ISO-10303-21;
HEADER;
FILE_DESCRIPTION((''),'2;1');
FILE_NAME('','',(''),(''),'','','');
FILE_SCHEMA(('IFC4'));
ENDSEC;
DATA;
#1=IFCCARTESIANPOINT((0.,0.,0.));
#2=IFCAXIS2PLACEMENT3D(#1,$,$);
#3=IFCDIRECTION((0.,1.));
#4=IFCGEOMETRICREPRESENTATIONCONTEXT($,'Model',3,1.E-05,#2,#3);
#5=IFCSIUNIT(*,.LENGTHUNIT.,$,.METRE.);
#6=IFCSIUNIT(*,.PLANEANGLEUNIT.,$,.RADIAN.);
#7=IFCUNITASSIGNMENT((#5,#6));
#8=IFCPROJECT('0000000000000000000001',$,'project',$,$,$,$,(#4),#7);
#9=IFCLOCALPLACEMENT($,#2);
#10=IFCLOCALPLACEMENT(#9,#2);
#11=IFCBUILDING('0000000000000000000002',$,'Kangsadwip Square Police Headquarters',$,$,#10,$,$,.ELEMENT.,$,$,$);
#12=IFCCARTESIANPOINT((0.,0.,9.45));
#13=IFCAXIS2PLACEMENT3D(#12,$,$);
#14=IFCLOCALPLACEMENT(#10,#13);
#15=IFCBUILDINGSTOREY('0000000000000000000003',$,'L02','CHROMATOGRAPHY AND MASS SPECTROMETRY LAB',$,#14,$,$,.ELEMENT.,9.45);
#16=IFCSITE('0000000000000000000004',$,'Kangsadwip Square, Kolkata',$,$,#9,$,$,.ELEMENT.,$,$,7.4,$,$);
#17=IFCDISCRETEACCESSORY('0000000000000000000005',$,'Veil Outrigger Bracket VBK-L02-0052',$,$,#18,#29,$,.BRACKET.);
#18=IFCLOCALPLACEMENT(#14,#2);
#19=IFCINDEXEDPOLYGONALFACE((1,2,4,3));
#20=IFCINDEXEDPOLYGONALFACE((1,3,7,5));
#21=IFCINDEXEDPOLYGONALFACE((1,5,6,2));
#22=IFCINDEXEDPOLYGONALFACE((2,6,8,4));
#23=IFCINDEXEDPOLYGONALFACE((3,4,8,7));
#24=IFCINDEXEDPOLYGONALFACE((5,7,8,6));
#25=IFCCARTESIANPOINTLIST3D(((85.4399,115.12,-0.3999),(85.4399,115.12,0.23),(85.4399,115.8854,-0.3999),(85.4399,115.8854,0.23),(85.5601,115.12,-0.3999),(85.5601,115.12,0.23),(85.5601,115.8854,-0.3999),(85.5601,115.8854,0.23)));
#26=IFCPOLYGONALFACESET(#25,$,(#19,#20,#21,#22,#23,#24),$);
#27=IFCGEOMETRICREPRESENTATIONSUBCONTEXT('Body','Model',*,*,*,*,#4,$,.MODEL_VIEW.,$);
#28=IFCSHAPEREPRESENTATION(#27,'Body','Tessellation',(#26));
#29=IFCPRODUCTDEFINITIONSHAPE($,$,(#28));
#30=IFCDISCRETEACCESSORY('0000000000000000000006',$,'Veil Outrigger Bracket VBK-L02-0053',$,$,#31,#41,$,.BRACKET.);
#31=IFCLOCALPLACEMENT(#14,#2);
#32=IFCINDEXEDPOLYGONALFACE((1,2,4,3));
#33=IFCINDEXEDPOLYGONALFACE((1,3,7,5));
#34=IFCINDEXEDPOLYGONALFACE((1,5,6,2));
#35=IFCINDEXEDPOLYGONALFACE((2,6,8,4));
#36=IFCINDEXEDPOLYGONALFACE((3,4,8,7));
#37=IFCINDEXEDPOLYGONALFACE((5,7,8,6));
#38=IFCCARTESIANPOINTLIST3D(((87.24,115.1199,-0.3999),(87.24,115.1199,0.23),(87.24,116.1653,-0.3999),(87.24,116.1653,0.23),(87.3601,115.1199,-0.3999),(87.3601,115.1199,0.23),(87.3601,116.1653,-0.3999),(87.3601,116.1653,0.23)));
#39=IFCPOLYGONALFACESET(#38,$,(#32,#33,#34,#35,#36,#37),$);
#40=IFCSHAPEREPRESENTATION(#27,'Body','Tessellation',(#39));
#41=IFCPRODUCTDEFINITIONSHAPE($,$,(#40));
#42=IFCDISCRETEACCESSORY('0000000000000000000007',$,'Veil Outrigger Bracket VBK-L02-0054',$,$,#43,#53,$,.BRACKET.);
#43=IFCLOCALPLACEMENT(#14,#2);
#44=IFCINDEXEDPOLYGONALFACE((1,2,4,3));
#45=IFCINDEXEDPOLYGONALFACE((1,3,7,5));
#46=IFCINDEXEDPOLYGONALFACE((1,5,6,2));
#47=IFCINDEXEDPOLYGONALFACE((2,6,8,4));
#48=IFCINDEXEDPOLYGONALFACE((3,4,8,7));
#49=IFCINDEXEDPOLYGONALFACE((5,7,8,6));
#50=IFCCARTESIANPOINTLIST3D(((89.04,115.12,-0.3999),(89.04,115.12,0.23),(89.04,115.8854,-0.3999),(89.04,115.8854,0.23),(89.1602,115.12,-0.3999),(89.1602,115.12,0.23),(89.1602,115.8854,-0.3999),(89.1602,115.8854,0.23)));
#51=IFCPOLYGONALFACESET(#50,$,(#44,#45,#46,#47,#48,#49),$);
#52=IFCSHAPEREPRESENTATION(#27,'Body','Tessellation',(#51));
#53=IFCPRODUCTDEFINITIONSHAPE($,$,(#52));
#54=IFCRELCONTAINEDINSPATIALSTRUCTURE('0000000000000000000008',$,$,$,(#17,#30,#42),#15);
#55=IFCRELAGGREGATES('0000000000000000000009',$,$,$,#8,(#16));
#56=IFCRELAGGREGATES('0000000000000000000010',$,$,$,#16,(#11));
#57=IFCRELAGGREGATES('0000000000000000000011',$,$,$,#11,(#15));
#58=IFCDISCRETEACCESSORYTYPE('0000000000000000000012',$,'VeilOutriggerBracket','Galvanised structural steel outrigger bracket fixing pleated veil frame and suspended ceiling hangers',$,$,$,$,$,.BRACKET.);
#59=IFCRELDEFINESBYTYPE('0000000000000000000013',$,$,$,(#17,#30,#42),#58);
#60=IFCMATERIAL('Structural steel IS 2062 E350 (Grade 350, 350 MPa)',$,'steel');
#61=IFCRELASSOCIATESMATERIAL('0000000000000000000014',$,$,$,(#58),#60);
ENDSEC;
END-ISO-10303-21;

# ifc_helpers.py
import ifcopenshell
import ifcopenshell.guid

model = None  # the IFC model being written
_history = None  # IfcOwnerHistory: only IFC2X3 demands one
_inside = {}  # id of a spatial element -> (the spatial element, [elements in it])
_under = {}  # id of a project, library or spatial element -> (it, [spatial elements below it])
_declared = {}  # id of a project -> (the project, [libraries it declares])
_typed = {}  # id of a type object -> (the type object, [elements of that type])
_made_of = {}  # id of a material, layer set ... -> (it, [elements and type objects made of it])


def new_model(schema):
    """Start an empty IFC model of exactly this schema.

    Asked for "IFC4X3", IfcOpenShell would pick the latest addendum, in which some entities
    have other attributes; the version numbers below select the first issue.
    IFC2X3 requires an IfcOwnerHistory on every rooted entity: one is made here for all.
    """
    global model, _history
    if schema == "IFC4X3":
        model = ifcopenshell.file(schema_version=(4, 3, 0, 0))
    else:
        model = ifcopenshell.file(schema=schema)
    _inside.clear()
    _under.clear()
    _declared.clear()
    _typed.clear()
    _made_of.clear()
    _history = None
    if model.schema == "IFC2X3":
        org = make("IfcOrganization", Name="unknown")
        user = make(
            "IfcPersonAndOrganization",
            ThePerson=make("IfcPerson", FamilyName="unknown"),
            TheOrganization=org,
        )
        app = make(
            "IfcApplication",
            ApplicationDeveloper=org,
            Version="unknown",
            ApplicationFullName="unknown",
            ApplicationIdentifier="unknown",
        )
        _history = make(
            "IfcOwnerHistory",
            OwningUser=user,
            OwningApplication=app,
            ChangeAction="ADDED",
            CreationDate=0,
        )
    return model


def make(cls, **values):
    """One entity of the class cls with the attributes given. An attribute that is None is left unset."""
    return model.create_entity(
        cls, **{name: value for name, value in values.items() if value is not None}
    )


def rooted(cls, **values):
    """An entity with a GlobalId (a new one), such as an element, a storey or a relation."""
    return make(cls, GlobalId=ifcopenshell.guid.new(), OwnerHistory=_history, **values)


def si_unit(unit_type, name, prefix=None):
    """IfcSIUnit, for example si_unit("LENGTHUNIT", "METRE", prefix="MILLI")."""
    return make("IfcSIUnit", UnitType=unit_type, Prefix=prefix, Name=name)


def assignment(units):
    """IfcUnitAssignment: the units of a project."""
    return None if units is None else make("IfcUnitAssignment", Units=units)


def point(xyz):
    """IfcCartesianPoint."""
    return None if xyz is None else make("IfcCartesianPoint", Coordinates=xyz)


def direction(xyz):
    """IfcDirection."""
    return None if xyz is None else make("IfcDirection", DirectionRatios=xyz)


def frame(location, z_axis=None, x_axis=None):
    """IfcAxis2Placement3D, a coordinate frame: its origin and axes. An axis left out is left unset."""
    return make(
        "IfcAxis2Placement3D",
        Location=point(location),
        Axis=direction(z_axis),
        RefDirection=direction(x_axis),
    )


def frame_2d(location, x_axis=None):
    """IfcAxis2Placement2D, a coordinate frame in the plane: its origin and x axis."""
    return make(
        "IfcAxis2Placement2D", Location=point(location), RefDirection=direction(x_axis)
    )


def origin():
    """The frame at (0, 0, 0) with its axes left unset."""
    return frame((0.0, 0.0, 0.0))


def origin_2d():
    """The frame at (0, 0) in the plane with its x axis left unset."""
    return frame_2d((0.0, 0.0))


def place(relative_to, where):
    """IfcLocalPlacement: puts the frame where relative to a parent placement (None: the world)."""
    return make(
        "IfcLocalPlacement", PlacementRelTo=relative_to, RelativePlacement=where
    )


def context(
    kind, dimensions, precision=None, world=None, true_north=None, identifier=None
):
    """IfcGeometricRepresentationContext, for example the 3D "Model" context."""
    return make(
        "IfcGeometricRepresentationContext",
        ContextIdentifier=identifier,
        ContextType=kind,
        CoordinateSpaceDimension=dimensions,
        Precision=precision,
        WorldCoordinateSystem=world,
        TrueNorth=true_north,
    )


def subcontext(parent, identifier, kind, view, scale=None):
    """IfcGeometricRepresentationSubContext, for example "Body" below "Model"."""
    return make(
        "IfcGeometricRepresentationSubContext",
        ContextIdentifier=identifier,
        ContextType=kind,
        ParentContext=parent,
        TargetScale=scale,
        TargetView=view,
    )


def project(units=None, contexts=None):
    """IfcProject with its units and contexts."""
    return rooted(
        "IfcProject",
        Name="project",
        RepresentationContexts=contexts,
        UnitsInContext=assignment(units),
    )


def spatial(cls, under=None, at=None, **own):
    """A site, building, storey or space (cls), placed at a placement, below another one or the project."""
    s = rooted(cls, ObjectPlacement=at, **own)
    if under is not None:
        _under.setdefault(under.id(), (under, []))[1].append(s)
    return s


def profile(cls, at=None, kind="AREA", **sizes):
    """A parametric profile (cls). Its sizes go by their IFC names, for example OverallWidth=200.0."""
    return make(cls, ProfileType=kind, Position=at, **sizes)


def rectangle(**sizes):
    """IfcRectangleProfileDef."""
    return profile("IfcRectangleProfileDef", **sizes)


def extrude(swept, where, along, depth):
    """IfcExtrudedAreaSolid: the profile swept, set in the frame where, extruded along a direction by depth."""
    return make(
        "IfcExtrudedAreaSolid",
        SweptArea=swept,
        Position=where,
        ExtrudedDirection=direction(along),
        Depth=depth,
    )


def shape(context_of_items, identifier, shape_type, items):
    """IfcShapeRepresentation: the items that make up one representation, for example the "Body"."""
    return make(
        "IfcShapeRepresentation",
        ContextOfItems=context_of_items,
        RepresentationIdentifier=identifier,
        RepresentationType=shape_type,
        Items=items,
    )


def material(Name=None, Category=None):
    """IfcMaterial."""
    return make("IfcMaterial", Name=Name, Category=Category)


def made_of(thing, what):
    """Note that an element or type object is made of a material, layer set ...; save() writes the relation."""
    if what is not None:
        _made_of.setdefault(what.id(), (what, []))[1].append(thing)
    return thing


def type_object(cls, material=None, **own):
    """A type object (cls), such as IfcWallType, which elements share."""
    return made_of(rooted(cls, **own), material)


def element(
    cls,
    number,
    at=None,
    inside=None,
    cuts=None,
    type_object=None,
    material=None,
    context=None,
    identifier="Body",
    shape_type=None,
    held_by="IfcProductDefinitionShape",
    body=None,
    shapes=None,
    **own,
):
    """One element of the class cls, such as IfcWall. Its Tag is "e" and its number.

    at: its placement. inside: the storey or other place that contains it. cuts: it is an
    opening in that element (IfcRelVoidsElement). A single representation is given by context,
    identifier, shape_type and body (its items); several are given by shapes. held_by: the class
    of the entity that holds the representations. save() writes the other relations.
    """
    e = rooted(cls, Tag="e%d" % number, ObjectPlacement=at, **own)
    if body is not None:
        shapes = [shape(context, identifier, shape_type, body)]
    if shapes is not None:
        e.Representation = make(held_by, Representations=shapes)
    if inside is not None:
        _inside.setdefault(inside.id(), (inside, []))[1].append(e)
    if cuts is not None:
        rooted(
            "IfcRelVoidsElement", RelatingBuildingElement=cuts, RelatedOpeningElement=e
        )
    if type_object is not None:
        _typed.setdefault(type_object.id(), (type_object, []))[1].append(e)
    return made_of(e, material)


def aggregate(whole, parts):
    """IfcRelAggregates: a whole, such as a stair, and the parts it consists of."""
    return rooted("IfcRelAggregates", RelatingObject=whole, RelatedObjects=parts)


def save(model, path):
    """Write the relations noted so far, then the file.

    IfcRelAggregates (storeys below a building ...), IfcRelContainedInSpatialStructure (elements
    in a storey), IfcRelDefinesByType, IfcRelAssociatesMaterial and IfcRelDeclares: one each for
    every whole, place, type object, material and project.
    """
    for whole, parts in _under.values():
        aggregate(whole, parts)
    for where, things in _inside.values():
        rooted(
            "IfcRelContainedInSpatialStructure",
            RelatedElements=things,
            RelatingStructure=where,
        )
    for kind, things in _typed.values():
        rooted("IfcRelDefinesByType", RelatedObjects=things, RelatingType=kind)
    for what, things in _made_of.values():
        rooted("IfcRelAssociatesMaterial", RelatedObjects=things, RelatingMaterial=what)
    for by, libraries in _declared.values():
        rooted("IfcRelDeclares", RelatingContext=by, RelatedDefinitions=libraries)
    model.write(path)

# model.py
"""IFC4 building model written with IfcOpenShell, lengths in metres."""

from ifc_helpers import new_model, si_unit, direction, frame, origin, origin_2d, place, context, subcontext, project, spatial, rectangle, extrude, material, type_object, element, save


model = new_model("IFC4")

# Units and contexts
model_context = context("Model", 3, precision=1e-05, world=origin(), true_north=direction((0.0, 1.0)))
body_context = subcontext(model_context, "Body", "Model", "MODEL_VIEW")
ifc_project = project(units=[si_unit("LENGTHUNIT", "METRE"), si_unit("PLANEANGLEUNIT", "RADIAN")], contexts=[model_context])

# Site, building, storey
site_placement = place(None, origin())
site = spatial("IfcSite", under=ifc_project, at=site_placement, Name="Kangsadwip Square, Kolkata", CompositionType="ELEMENT", RefElevation=7.4)
building_placement = place(site_placement, origin())
building = spatial("IfcBuilding", under=site, at=building_placement, Name="Kangsadwip Square Police Headquarters", CompositionType="ELEMENT")
storey_placement = place(building_placement, frame((0.0, 0.0, 9.45)))
storey = spatial("IfcBuildingStorey", under=building, at=storey_placement, Name="L02", Description="CHROMATOGRAPHY AND MASS SPECTROMETRY LAB", CompositionType="ELEMENT", Elevation=9.45)

# Discrete accessories
ifc_material_1 = material(Name="Structural steel IS 2062 E350 (Grade 350, 350 MPa)", Category="steel")
discrete_accessory_type = type_object("IfcDiscreteAccessoryType", Name="VeilOutriggerBracket", Description="Galvanised structural steel outrigger bracket fixing pleated veil frame and suspended ceiling hangers", PredefinedType="BRACKET", material=ifc_material_1)
discrete_accessory_1_placement = place(storey_placement, frame((85.5, 115.5027, -0.3999), z_axis=(0.0, 0.0, 1.0), x_axis=(1.0, 0.0, 0.0)))
element("IfcDiscreteAccessory", 1, at=discrete_accessory_1_placement, inside=storey, type_object=discrete_accessory_type, Name="Veil Outrigger Bracket VBK-L02-0052", PredefinedType="BRACKET", context=body_context, shape_type="SweptSolid", body=[
    extrude(rectangle(XDim=0.1201, YDim=0.7654, at=origin_2d()), origin(), (0.0, 0.0, 1.0), 0.6299),
])
discrete_accessory_2_placement = place(storey_placement, frame((87.3, 115.6426, -0.3999), z_axis=(0.0, 0.0, 1.0), x_axis=(1.0, 0.0, 0.0)))
element("IfcDiscreteAccessory", 2, at=discrete_accessory_2_placement, inside=storey, type_object=discrete_accessory_type, Name="Veil Outrigger Bracket VBK-L02-0053", PredefinedType="BRACKET", context=body_context, shape_type="SweptSolid", body=[
    extrude(rectangle(XDim=0.1201, YDim=1.0454, at=origin_2d()), origin(), (0.0, 0.0, 1.0), 0.6299),
])
discrete_accessory_3_placement = place(storey_placement, frame((89.1001, 115.5027, -0.3999), z_axis=(0.0, 0.0, 1.0), x_axis=(1.0, 0.0, 0.0)))
element("IfcDiscreteAccessory", 3, at=discrete_accessory_3_placement, inside=storey, type_object=discrete_accessory_type, Name="Veil Outrigger Bracket VBK-L02-0054", PredefinedType="BRACKET", context=body_context, shape_type="SweptSolid", body=[
    extrude(rectangle(XDim=0.1201, YDim=0.7654, at=origin_2d()), origin(), (0.0, 0.0, 1.0), 0.6299),
])

save(model, "model.ifc")
